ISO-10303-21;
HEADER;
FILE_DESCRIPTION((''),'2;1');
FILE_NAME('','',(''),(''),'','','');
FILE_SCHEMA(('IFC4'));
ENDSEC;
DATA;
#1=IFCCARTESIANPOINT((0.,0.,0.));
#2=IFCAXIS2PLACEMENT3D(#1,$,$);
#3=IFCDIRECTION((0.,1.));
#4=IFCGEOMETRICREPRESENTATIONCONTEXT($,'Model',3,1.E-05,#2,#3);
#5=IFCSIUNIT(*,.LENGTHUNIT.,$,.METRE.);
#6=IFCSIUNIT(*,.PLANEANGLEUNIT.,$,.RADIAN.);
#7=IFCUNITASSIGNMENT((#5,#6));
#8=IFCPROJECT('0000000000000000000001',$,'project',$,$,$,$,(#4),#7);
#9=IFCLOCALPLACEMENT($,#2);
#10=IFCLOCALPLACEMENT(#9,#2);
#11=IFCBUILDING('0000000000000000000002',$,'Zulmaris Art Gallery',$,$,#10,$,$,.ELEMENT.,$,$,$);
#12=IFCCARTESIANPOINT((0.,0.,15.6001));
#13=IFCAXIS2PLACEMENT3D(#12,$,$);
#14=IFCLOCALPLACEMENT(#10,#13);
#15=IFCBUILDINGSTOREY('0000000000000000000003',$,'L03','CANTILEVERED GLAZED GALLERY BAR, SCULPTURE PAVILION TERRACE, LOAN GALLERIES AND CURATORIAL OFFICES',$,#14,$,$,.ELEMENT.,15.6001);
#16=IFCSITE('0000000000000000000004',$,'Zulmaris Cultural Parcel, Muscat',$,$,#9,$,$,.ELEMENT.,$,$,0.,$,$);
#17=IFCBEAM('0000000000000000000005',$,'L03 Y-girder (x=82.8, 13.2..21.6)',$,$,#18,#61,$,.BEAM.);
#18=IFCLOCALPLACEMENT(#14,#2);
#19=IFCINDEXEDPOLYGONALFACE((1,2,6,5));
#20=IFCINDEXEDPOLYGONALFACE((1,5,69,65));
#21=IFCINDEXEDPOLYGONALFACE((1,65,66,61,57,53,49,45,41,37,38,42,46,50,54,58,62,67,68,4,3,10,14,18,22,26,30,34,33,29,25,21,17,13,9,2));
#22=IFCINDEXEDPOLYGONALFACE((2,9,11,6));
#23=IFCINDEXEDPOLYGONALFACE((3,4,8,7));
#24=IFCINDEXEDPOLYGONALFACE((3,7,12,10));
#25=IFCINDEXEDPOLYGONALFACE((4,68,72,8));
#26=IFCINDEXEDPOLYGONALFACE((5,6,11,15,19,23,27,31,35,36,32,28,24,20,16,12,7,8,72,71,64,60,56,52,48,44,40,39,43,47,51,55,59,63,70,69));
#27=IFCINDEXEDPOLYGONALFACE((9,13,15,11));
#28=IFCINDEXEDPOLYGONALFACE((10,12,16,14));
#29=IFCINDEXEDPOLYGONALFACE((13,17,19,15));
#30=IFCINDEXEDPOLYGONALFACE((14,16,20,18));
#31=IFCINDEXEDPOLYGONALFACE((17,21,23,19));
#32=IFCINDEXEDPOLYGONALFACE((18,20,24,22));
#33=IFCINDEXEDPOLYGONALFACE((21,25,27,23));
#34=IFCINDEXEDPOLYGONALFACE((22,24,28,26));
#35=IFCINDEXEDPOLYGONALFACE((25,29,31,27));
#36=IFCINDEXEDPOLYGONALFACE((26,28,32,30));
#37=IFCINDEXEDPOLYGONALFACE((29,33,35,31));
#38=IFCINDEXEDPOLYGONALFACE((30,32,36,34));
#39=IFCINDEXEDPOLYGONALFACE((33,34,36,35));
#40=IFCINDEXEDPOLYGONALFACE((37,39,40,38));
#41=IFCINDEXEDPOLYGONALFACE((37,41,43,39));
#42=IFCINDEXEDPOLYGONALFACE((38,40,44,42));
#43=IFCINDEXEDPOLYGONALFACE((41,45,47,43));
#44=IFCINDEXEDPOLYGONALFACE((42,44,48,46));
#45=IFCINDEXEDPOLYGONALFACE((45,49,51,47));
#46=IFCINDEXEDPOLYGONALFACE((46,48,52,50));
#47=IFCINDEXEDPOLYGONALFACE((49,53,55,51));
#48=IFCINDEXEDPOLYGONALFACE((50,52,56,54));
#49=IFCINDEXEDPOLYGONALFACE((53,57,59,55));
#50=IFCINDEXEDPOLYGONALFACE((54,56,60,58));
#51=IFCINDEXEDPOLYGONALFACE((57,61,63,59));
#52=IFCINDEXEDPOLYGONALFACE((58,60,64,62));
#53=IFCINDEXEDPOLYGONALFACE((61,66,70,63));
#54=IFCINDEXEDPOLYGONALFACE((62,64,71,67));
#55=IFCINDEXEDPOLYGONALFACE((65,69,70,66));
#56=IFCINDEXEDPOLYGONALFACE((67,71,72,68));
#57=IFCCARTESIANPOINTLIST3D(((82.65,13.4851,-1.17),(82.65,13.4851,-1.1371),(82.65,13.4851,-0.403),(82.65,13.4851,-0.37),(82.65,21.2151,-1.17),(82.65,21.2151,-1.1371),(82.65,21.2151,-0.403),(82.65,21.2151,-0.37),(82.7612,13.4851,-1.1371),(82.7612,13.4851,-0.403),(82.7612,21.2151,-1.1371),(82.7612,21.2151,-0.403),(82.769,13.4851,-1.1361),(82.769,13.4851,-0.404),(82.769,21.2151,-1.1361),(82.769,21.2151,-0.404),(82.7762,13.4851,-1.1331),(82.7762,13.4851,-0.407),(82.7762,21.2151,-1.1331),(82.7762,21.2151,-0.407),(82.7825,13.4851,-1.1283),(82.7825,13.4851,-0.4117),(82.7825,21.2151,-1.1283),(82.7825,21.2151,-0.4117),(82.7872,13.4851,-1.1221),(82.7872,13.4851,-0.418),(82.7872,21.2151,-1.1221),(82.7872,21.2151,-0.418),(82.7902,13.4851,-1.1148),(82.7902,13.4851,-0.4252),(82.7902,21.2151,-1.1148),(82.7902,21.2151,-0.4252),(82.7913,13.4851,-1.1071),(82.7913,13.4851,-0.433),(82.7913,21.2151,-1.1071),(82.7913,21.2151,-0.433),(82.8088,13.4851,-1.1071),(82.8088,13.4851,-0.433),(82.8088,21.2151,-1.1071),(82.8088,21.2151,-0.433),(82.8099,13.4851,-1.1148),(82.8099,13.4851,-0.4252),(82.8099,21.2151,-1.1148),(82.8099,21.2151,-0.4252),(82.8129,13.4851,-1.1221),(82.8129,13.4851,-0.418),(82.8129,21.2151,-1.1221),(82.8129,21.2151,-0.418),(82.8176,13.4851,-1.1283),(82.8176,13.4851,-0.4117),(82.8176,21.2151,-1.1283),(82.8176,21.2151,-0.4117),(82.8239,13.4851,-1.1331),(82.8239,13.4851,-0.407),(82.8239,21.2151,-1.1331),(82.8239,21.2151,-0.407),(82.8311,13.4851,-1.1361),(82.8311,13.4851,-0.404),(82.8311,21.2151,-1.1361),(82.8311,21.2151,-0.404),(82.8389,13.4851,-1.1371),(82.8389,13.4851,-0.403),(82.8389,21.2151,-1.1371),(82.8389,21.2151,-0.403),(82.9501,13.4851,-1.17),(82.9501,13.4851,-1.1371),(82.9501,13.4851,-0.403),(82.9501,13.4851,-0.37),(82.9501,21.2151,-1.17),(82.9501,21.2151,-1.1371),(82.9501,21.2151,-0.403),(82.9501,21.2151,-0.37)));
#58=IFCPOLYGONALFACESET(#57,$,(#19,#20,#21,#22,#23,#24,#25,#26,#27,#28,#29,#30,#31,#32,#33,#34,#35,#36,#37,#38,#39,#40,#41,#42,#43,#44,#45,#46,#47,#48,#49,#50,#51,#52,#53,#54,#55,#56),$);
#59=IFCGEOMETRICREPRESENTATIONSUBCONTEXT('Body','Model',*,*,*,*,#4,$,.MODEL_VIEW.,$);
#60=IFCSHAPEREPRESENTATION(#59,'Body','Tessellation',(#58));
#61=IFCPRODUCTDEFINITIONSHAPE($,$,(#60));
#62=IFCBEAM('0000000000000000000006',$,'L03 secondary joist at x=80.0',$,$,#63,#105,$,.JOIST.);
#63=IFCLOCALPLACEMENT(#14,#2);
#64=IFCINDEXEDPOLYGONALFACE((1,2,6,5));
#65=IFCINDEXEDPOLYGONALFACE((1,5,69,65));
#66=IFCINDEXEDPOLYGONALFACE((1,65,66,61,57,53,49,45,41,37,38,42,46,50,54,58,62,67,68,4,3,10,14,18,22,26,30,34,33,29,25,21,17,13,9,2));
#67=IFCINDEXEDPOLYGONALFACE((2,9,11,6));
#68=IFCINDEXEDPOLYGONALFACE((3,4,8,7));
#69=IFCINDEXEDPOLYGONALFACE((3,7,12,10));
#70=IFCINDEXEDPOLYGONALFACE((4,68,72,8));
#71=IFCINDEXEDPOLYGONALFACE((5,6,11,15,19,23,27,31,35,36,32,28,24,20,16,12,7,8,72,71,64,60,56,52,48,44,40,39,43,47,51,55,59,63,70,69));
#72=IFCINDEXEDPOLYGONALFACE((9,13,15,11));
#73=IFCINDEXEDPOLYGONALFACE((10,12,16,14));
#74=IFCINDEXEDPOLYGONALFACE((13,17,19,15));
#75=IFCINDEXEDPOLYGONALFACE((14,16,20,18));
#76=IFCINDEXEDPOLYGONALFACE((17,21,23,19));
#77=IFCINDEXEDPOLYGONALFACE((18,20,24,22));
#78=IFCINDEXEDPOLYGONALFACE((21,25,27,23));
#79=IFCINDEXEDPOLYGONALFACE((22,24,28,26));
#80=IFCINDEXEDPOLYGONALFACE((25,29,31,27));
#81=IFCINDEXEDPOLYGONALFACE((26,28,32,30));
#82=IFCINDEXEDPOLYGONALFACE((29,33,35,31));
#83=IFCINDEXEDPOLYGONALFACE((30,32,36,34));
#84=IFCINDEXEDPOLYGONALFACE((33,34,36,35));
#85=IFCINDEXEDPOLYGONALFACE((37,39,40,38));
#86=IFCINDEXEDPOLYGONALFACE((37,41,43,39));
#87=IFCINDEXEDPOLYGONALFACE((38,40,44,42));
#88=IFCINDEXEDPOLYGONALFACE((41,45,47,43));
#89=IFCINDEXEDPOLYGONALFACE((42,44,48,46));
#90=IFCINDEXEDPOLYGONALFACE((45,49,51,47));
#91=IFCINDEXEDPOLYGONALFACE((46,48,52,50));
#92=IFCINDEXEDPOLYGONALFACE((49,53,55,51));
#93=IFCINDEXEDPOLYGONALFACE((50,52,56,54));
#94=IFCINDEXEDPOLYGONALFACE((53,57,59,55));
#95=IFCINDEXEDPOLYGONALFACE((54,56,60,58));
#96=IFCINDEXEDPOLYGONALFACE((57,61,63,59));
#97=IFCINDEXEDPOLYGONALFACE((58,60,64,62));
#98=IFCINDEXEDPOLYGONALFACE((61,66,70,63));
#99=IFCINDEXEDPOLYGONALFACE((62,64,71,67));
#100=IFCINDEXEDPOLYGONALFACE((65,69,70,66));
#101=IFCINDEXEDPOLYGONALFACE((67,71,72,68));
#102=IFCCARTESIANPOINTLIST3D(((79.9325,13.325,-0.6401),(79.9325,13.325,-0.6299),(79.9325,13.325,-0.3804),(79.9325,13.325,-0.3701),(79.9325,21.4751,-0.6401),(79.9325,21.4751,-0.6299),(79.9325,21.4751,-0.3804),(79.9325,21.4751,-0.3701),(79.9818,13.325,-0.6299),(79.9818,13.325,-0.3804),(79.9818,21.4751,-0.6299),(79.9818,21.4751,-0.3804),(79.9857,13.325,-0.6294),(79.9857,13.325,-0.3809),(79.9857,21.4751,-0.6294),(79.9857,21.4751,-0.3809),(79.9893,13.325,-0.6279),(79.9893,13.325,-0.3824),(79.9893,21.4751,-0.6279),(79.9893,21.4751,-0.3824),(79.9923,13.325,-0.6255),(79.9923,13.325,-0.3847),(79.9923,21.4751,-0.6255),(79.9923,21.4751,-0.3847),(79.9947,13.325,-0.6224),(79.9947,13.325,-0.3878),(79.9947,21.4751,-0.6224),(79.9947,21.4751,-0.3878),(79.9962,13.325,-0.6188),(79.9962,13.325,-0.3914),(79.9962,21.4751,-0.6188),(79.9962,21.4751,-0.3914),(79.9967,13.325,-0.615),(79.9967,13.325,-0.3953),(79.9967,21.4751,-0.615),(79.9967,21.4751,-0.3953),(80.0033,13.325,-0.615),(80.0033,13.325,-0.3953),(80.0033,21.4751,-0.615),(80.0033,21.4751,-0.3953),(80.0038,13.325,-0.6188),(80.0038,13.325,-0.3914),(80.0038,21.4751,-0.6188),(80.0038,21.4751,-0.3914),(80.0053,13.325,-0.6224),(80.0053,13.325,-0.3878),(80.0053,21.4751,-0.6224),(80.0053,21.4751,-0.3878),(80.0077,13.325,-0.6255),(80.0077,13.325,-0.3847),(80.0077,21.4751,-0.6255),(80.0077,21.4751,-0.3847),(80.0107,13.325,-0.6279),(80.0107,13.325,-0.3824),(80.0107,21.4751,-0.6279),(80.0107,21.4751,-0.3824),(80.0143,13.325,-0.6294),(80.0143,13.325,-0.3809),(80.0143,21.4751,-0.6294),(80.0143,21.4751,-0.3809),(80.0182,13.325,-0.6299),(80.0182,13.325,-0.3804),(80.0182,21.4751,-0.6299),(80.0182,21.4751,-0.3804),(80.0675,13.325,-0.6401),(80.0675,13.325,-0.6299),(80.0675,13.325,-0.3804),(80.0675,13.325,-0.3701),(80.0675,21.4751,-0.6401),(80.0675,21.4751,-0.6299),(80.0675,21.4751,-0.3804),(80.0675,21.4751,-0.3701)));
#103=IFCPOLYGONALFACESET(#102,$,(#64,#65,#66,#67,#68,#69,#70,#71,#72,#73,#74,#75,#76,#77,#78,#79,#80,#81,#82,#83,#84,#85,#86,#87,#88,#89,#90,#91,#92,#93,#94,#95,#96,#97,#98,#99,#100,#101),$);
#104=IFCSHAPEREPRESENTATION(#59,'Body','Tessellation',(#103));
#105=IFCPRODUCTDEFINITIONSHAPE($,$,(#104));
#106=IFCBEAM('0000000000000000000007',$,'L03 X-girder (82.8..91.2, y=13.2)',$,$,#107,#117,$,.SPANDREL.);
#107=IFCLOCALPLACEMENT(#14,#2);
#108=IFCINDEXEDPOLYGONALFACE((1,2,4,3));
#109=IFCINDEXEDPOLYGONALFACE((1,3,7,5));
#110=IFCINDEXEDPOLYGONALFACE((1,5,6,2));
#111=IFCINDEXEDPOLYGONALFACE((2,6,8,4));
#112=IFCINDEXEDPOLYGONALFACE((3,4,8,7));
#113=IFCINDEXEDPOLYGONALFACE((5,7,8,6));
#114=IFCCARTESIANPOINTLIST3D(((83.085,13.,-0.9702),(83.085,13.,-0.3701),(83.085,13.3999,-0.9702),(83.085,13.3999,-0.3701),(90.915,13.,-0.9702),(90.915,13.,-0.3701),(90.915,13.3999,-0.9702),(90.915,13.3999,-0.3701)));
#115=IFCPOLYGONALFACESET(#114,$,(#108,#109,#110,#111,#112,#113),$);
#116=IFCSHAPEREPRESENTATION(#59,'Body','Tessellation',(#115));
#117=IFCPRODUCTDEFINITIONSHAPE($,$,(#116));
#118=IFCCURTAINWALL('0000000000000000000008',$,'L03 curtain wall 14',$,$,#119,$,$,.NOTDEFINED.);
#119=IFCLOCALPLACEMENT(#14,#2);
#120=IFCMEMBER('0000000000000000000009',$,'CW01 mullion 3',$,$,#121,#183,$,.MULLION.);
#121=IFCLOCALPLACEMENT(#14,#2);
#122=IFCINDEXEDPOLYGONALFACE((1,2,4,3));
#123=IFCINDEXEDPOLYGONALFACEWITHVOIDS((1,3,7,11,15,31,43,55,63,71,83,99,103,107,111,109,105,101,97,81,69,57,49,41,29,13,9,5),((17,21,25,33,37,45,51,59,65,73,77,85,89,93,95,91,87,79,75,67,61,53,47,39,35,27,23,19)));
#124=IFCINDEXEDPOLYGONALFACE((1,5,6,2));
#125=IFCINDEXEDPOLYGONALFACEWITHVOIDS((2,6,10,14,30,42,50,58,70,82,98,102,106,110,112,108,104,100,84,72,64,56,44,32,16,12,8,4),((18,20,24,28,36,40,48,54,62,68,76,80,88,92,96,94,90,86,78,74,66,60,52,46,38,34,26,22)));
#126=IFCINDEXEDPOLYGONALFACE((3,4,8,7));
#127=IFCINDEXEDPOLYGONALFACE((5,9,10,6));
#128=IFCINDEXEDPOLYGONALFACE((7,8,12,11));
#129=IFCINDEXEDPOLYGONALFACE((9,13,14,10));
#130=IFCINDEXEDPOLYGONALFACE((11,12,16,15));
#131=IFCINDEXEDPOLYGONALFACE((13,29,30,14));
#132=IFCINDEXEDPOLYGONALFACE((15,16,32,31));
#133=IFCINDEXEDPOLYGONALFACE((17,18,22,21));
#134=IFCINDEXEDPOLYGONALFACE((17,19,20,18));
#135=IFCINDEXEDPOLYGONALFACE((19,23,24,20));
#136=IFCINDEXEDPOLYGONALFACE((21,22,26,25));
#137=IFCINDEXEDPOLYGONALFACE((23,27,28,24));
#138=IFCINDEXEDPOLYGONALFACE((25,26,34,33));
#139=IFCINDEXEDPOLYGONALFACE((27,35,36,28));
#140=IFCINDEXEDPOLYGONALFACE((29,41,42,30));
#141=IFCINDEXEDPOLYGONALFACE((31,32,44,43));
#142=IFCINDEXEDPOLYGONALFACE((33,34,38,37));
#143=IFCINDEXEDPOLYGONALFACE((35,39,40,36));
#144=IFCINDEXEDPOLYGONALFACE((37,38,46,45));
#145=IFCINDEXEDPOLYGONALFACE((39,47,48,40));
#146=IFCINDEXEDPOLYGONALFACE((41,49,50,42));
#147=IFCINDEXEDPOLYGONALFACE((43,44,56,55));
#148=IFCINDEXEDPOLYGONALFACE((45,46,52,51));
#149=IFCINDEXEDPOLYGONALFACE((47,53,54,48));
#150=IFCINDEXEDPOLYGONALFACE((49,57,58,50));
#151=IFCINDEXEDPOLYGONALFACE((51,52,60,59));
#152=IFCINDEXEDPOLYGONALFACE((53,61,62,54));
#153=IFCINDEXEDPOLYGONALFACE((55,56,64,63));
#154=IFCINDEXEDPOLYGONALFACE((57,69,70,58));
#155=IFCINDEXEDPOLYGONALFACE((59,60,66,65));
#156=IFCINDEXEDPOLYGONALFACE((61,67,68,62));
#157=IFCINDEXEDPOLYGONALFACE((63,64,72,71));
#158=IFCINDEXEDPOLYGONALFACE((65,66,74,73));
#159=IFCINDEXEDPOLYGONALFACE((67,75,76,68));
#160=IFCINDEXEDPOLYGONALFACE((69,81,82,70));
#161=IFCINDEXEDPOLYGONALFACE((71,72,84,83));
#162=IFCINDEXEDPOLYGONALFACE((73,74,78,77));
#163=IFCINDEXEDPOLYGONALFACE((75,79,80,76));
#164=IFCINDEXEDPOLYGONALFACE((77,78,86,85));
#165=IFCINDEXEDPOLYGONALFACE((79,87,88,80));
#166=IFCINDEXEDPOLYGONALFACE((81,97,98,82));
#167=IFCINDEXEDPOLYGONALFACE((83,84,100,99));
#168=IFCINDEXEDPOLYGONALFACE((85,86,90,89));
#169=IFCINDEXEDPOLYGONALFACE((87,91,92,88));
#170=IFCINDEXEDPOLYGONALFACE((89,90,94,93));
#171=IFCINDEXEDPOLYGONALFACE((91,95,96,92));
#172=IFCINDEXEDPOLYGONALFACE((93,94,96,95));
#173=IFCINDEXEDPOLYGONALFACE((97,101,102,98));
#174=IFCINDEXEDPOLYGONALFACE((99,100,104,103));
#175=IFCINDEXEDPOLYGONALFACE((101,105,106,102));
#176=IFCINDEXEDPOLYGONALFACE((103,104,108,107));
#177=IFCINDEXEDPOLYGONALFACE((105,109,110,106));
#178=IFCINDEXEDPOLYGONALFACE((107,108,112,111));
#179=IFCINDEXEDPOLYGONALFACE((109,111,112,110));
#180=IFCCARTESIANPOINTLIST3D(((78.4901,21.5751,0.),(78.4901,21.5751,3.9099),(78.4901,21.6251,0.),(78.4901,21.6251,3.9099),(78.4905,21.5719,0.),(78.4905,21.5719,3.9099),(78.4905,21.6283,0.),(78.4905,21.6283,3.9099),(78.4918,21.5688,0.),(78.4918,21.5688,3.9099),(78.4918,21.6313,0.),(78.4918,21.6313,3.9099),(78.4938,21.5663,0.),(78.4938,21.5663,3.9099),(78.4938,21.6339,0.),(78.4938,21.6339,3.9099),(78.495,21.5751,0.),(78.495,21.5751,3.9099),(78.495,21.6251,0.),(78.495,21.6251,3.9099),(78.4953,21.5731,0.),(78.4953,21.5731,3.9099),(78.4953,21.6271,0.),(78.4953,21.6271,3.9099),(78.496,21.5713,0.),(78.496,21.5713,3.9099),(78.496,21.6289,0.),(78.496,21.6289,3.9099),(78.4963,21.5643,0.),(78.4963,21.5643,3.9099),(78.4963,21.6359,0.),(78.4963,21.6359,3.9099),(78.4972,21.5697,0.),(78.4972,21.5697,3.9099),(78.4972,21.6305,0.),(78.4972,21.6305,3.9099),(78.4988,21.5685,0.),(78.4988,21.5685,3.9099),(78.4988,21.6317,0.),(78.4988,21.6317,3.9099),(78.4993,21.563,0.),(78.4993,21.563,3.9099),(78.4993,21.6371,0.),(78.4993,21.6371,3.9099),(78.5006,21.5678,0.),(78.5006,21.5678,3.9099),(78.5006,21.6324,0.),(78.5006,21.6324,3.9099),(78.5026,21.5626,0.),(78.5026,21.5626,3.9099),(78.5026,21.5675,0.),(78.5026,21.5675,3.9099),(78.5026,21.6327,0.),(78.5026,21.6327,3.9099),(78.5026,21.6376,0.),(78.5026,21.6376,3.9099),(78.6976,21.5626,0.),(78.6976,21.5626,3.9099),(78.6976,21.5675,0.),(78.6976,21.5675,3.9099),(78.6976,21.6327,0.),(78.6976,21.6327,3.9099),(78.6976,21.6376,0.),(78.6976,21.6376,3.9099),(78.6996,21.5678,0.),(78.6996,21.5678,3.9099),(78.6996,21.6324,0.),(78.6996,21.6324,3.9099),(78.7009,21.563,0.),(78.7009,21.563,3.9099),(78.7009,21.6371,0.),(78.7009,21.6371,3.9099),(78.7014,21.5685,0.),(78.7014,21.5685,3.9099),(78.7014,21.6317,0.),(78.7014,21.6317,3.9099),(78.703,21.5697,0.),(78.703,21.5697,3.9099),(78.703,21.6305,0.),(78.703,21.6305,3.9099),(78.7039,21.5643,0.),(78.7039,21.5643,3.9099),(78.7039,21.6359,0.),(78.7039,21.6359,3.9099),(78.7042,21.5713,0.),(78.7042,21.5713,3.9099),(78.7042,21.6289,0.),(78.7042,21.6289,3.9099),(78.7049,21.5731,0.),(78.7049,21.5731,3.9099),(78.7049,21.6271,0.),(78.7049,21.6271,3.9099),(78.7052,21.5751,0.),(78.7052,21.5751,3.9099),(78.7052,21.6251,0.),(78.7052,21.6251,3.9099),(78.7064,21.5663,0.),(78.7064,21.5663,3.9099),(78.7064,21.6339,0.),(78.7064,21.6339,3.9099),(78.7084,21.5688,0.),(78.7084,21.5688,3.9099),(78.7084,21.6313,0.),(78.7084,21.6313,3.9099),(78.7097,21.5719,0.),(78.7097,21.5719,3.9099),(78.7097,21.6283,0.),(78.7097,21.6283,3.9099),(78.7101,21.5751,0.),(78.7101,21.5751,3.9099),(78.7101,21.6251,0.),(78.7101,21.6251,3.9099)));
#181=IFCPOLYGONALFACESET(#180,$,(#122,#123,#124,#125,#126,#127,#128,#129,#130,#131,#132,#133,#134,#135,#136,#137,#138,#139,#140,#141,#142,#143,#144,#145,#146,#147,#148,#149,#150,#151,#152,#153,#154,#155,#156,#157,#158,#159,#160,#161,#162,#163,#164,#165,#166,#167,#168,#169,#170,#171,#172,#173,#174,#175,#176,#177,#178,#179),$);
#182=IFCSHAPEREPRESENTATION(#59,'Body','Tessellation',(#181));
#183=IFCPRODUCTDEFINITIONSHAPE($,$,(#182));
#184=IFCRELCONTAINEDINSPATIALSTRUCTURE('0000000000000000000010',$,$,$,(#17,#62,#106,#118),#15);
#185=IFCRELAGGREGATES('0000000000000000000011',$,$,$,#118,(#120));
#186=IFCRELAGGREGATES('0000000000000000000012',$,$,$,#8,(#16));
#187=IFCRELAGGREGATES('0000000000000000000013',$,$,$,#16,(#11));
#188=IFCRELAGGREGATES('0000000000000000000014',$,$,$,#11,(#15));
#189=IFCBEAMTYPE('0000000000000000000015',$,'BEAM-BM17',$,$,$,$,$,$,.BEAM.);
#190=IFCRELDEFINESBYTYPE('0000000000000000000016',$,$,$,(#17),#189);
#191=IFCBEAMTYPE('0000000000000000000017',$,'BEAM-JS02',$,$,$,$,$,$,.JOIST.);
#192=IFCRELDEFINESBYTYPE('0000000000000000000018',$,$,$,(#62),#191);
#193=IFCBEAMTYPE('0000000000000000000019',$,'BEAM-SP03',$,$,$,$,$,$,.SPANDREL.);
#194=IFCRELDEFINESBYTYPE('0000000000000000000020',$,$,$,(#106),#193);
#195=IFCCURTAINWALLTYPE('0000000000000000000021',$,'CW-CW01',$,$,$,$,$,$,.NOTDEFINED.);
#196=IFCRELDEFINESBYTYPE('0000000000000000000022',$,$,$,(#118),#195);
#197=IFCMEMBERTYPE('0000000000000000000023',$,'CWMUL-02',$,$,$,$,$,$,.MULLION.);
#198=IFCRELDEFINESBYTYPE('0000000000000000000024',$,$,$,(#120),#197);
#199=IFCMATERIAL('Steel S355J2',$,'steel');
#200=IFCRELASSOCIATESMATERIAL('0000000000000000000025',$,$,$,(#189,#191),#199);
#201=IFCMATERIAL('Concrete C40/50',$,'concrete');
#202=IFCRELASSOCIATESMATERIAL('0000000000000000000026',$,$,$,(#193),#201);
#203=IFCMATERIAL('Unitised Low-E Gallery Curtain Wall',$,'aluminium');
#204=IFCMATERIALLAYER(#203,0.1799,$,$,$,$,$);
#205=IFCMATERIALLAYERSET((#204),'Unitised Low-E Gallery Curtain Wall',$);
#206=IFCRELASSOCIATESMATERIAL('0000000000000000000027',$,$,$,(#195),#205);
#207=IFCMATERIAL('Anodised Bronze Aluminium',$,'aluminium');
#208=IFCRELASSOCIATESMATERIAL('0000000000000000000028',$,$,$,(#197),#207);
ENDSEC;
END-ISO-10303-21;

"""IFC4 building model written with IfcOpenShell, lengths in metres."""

from ifc_helpers import new_model, si_unit, direction, frame, origin, origin_2d, place, context, subcontext, project, spatial, rectangle, hollow_rectangle, i_section, extrude, material, layer, layer_set, material_profile, profile_set, type_object, element, aggregate, save


model = new_model("IFC4")

# Units and contexts
model_context = context("Model", 3, precision=1e-05, world=origin(), true_north=direction((0.0, 1.0)))
body_context = subcontext(model_context, "Body", "Model", "MODEL_VIEW")
ifc_project = project(units=[si_unit("LENGTHUNIT", "METRE"), si_unit("PLANEANGLEUNIT", "RADIAN")], contexts=[model_context])

# Site, building, storey
site_placement = place(None, origin())
site = spatial("IfcSite", under=ifc_project, at=site_placement, Name="Zulmaris Cultural Parcel, Muscat", CompositionType="ELEMENT", RefElevation=0.0)
building_placement = place(site_placement, origin())
building = spatial("IfcBuilding", under=site, at=building_placement, Name="Zulmaris Art Gallery", CompositionType="ELEMENT")
storey_placement = place(building_placement, frame((0.0, 0.0, 15.6001)))
storey = spatial("IfcBuildingStorey", under=building, at=storey_placement, Name="L03", Description="CANTILEVERED GLAZED GALLERY BAR, SCULPTURE PAVILION TERRACE, LOAN GALLERIES AND CURATORIAL OFFICES", CompositionType="ELEMENT", Elevation=15.6001)

# Beams
ifc_material_1 = material(Name="Steel S355J2", Category="steel")
ifc_material_profile_1 = material_profile(ifc_material_1, i_section(OverallWidth=0.3, OverallDepth=0.8, WebThickness=0.0176, FlangeThickness=0.033, FilletRadius=0.03, at=origin_2d()), Name="HEB 800")
ifc_profile_set_1 = profile_set([ifc_material_profile_1], Name="Steel S355J2")
beam_type_1 = type_object("IfcBeamType", Name="BEAM-BM17", PredefinedType="BEAM", material=ifc_profile_set_1)
beam_1_placement = place(storey_placement, frame((82.8, 13.4851, -0.77), z_axis=(0.0, 1.0, 0.0), x_axis=(-1.0, 0.0, 0.0)))
element("IfcBeam", 1, at=beam_1_placement, inside=storey, type_object=beam_type_1, Name="L03 Y-girder (x=82.8, 13.2..21.6)", PredefinedType="BEAM", context=body_context, shape_type="SweptSolid", body=[
    extrude(i_section(OverallWidth=0.3, OverallDepth=0.8, WebThickness=0.0176, FlangeThickness=0.033, FilletRadius=0.03, at=origin_2d()), origin(), (0.0, 0.0, 1.0), 7.73),
])
ifc_material_profile_2 = material_profile(ifc_material_1, i_section(OverallWidth=0.135, OverallDepth=0.27, WebThickness=0.0066, FlangeThickness=0.0103, FilletRadius=0.0149, at=origin_2d()), Name="IPE 270")
ifc_profile_set_2 = profile_set([ifc_material_profile_2], Name="Steel S355J2")
beam_type_2 = type_object("IfcBeamType", Name="BEAM-JS02", PredefinedType="JOIST", material=ifc_profile_set_2)
beam_2_placement = place(storey_placement, frame((80.0, 13.325, -0.5051), z_axis=(0.0, 1.0, 0.0), x_axis=(-1.0, 0.0, 0.0)))
element("IfcBeam", 2, at=beam_2_placement, inside=storey, type_object=beam_type_2, Name="L03 secondary joist at x=80.0", PredefinedType="JOIST", context=body_context, shape_type="SweptSolid", body=[
    extrude(i_section(OverallWidth=0.135, OverallDepth=0.27, WebThickness=0.0066, FlangeThickness=0.0103, FilletRadius=0.0149, at=origin_2d()), origin(), (0.0, 0.0, 1.0), 8.1501),
])
ifc_material_2 = material(Name="Concrete C40/50", Category="concrete")
ifc_material_profile_3 = material_profile(ifc_material_2, rectangle(XDim=0.3999, YDim=0.6001, at=origin_2d()), Name="RC 400x600")
ifc_profile_set_3 = profile_set([ifc_material_profile_3], Name="Concrete C40/50")
beam_type_3 = type_object("IfcBeamType", Name="BEAM-SP03", PredefinedType="SPANDREL", material=ifc_profile_set_3)
beam_3_placement = place(storey_placement, frame((83.085, 13.2, -0.6702), z_axis=(1.0, 0.0, 0.0), x_axis=(0.0, 1.0, 0.0)))
element("IfcBeam", 3, at=beam_3_placement, inside=storey, type_object=beam_type_3, Name="L03 X-girder (82.8..91.2, y=13.2)", PredefinedType="SPANDREL", context=body_context, shape_type="SweptSolid", body=[
    extrude(rectangle(XDim=0.3999, YDim=0.6001, at=origin_2d()), origin(), (0.0, 0.0, 1.0), 7.8301),
])

# Curtain wall, member
ifc_material_3 = material(Name="Unitised Low-E Gallery Curtain Wall", Category="aluminium")
ifc_layer_1 = layer(ifc_material_3, 0.1799)
ifc_layer_set_1 = layer_set([ifc_layer_1], Name="Unitised Low-E Gallery Curtain Wall")
curtain_wall_type_1 = type_object("IfcCurtainWallType", Name="CW-CW01", PredefinedType="NOTDEFINED", material=ifc_layer_set_1)
curtain_wall_1_placement = place(storey_placement, origin())
curtain_wall_1 = element("IfcCurtainWall", 4, at=curtain_wall_1_placement, inside=storey, type_object=curtain_wall_type_1, Name="L03 curtain wall 14", PredefinedType="NOTDEFINED")
ifc_material_4 = material(Name="Anodised Bronze Aluminium", Category="aluminium")
ifc_material_profile_4 = material_profile(ifc_material_4, hollow_rectangle(XDim=0.075, YDim=0.22, WallThickness=0.0049, InnerFilletRadius=0.0076, OuterFilletRadius=0.0125, at=origin_2d()), Name="ALU 75x220x5")
ifc_profile_set_4 = profile_set([ifc_material_profile_4], Name="Anodised Bronze Aluminium")
member_type_1 = type_object("IfcMemberType", Name="CWMUL-02", PredefinedType="MULLION", material=ifc_profile_set_4)
member_1_placement = place(storey_placement, frame((78.6001, 21.6001, 0.0), z_axis=(0.0, 0.0, 1.0), x_axis=(0.0, 1.0, 0.0)))
member_1 = element("IfcMember", 5, at=member_1_placement, type_object=member_type_1, Name="CW01 mullion 3", PredefinedType="MULLION", context=body_context, shape_type="SweptSolid", body=[
    extrude(hollow_rectangle(XDim=0.075, YDim=0.22, WallThickness=0.0049, InnerFilletRadius=0.0076, OuterFilletRadius=0.0125, at=origin_2d()), origin(), (0.0, 0.0, 1.0), 3.9099),
])

aggregate(curtain_wall_1, [member_1])

save(model, "model.ifc")
